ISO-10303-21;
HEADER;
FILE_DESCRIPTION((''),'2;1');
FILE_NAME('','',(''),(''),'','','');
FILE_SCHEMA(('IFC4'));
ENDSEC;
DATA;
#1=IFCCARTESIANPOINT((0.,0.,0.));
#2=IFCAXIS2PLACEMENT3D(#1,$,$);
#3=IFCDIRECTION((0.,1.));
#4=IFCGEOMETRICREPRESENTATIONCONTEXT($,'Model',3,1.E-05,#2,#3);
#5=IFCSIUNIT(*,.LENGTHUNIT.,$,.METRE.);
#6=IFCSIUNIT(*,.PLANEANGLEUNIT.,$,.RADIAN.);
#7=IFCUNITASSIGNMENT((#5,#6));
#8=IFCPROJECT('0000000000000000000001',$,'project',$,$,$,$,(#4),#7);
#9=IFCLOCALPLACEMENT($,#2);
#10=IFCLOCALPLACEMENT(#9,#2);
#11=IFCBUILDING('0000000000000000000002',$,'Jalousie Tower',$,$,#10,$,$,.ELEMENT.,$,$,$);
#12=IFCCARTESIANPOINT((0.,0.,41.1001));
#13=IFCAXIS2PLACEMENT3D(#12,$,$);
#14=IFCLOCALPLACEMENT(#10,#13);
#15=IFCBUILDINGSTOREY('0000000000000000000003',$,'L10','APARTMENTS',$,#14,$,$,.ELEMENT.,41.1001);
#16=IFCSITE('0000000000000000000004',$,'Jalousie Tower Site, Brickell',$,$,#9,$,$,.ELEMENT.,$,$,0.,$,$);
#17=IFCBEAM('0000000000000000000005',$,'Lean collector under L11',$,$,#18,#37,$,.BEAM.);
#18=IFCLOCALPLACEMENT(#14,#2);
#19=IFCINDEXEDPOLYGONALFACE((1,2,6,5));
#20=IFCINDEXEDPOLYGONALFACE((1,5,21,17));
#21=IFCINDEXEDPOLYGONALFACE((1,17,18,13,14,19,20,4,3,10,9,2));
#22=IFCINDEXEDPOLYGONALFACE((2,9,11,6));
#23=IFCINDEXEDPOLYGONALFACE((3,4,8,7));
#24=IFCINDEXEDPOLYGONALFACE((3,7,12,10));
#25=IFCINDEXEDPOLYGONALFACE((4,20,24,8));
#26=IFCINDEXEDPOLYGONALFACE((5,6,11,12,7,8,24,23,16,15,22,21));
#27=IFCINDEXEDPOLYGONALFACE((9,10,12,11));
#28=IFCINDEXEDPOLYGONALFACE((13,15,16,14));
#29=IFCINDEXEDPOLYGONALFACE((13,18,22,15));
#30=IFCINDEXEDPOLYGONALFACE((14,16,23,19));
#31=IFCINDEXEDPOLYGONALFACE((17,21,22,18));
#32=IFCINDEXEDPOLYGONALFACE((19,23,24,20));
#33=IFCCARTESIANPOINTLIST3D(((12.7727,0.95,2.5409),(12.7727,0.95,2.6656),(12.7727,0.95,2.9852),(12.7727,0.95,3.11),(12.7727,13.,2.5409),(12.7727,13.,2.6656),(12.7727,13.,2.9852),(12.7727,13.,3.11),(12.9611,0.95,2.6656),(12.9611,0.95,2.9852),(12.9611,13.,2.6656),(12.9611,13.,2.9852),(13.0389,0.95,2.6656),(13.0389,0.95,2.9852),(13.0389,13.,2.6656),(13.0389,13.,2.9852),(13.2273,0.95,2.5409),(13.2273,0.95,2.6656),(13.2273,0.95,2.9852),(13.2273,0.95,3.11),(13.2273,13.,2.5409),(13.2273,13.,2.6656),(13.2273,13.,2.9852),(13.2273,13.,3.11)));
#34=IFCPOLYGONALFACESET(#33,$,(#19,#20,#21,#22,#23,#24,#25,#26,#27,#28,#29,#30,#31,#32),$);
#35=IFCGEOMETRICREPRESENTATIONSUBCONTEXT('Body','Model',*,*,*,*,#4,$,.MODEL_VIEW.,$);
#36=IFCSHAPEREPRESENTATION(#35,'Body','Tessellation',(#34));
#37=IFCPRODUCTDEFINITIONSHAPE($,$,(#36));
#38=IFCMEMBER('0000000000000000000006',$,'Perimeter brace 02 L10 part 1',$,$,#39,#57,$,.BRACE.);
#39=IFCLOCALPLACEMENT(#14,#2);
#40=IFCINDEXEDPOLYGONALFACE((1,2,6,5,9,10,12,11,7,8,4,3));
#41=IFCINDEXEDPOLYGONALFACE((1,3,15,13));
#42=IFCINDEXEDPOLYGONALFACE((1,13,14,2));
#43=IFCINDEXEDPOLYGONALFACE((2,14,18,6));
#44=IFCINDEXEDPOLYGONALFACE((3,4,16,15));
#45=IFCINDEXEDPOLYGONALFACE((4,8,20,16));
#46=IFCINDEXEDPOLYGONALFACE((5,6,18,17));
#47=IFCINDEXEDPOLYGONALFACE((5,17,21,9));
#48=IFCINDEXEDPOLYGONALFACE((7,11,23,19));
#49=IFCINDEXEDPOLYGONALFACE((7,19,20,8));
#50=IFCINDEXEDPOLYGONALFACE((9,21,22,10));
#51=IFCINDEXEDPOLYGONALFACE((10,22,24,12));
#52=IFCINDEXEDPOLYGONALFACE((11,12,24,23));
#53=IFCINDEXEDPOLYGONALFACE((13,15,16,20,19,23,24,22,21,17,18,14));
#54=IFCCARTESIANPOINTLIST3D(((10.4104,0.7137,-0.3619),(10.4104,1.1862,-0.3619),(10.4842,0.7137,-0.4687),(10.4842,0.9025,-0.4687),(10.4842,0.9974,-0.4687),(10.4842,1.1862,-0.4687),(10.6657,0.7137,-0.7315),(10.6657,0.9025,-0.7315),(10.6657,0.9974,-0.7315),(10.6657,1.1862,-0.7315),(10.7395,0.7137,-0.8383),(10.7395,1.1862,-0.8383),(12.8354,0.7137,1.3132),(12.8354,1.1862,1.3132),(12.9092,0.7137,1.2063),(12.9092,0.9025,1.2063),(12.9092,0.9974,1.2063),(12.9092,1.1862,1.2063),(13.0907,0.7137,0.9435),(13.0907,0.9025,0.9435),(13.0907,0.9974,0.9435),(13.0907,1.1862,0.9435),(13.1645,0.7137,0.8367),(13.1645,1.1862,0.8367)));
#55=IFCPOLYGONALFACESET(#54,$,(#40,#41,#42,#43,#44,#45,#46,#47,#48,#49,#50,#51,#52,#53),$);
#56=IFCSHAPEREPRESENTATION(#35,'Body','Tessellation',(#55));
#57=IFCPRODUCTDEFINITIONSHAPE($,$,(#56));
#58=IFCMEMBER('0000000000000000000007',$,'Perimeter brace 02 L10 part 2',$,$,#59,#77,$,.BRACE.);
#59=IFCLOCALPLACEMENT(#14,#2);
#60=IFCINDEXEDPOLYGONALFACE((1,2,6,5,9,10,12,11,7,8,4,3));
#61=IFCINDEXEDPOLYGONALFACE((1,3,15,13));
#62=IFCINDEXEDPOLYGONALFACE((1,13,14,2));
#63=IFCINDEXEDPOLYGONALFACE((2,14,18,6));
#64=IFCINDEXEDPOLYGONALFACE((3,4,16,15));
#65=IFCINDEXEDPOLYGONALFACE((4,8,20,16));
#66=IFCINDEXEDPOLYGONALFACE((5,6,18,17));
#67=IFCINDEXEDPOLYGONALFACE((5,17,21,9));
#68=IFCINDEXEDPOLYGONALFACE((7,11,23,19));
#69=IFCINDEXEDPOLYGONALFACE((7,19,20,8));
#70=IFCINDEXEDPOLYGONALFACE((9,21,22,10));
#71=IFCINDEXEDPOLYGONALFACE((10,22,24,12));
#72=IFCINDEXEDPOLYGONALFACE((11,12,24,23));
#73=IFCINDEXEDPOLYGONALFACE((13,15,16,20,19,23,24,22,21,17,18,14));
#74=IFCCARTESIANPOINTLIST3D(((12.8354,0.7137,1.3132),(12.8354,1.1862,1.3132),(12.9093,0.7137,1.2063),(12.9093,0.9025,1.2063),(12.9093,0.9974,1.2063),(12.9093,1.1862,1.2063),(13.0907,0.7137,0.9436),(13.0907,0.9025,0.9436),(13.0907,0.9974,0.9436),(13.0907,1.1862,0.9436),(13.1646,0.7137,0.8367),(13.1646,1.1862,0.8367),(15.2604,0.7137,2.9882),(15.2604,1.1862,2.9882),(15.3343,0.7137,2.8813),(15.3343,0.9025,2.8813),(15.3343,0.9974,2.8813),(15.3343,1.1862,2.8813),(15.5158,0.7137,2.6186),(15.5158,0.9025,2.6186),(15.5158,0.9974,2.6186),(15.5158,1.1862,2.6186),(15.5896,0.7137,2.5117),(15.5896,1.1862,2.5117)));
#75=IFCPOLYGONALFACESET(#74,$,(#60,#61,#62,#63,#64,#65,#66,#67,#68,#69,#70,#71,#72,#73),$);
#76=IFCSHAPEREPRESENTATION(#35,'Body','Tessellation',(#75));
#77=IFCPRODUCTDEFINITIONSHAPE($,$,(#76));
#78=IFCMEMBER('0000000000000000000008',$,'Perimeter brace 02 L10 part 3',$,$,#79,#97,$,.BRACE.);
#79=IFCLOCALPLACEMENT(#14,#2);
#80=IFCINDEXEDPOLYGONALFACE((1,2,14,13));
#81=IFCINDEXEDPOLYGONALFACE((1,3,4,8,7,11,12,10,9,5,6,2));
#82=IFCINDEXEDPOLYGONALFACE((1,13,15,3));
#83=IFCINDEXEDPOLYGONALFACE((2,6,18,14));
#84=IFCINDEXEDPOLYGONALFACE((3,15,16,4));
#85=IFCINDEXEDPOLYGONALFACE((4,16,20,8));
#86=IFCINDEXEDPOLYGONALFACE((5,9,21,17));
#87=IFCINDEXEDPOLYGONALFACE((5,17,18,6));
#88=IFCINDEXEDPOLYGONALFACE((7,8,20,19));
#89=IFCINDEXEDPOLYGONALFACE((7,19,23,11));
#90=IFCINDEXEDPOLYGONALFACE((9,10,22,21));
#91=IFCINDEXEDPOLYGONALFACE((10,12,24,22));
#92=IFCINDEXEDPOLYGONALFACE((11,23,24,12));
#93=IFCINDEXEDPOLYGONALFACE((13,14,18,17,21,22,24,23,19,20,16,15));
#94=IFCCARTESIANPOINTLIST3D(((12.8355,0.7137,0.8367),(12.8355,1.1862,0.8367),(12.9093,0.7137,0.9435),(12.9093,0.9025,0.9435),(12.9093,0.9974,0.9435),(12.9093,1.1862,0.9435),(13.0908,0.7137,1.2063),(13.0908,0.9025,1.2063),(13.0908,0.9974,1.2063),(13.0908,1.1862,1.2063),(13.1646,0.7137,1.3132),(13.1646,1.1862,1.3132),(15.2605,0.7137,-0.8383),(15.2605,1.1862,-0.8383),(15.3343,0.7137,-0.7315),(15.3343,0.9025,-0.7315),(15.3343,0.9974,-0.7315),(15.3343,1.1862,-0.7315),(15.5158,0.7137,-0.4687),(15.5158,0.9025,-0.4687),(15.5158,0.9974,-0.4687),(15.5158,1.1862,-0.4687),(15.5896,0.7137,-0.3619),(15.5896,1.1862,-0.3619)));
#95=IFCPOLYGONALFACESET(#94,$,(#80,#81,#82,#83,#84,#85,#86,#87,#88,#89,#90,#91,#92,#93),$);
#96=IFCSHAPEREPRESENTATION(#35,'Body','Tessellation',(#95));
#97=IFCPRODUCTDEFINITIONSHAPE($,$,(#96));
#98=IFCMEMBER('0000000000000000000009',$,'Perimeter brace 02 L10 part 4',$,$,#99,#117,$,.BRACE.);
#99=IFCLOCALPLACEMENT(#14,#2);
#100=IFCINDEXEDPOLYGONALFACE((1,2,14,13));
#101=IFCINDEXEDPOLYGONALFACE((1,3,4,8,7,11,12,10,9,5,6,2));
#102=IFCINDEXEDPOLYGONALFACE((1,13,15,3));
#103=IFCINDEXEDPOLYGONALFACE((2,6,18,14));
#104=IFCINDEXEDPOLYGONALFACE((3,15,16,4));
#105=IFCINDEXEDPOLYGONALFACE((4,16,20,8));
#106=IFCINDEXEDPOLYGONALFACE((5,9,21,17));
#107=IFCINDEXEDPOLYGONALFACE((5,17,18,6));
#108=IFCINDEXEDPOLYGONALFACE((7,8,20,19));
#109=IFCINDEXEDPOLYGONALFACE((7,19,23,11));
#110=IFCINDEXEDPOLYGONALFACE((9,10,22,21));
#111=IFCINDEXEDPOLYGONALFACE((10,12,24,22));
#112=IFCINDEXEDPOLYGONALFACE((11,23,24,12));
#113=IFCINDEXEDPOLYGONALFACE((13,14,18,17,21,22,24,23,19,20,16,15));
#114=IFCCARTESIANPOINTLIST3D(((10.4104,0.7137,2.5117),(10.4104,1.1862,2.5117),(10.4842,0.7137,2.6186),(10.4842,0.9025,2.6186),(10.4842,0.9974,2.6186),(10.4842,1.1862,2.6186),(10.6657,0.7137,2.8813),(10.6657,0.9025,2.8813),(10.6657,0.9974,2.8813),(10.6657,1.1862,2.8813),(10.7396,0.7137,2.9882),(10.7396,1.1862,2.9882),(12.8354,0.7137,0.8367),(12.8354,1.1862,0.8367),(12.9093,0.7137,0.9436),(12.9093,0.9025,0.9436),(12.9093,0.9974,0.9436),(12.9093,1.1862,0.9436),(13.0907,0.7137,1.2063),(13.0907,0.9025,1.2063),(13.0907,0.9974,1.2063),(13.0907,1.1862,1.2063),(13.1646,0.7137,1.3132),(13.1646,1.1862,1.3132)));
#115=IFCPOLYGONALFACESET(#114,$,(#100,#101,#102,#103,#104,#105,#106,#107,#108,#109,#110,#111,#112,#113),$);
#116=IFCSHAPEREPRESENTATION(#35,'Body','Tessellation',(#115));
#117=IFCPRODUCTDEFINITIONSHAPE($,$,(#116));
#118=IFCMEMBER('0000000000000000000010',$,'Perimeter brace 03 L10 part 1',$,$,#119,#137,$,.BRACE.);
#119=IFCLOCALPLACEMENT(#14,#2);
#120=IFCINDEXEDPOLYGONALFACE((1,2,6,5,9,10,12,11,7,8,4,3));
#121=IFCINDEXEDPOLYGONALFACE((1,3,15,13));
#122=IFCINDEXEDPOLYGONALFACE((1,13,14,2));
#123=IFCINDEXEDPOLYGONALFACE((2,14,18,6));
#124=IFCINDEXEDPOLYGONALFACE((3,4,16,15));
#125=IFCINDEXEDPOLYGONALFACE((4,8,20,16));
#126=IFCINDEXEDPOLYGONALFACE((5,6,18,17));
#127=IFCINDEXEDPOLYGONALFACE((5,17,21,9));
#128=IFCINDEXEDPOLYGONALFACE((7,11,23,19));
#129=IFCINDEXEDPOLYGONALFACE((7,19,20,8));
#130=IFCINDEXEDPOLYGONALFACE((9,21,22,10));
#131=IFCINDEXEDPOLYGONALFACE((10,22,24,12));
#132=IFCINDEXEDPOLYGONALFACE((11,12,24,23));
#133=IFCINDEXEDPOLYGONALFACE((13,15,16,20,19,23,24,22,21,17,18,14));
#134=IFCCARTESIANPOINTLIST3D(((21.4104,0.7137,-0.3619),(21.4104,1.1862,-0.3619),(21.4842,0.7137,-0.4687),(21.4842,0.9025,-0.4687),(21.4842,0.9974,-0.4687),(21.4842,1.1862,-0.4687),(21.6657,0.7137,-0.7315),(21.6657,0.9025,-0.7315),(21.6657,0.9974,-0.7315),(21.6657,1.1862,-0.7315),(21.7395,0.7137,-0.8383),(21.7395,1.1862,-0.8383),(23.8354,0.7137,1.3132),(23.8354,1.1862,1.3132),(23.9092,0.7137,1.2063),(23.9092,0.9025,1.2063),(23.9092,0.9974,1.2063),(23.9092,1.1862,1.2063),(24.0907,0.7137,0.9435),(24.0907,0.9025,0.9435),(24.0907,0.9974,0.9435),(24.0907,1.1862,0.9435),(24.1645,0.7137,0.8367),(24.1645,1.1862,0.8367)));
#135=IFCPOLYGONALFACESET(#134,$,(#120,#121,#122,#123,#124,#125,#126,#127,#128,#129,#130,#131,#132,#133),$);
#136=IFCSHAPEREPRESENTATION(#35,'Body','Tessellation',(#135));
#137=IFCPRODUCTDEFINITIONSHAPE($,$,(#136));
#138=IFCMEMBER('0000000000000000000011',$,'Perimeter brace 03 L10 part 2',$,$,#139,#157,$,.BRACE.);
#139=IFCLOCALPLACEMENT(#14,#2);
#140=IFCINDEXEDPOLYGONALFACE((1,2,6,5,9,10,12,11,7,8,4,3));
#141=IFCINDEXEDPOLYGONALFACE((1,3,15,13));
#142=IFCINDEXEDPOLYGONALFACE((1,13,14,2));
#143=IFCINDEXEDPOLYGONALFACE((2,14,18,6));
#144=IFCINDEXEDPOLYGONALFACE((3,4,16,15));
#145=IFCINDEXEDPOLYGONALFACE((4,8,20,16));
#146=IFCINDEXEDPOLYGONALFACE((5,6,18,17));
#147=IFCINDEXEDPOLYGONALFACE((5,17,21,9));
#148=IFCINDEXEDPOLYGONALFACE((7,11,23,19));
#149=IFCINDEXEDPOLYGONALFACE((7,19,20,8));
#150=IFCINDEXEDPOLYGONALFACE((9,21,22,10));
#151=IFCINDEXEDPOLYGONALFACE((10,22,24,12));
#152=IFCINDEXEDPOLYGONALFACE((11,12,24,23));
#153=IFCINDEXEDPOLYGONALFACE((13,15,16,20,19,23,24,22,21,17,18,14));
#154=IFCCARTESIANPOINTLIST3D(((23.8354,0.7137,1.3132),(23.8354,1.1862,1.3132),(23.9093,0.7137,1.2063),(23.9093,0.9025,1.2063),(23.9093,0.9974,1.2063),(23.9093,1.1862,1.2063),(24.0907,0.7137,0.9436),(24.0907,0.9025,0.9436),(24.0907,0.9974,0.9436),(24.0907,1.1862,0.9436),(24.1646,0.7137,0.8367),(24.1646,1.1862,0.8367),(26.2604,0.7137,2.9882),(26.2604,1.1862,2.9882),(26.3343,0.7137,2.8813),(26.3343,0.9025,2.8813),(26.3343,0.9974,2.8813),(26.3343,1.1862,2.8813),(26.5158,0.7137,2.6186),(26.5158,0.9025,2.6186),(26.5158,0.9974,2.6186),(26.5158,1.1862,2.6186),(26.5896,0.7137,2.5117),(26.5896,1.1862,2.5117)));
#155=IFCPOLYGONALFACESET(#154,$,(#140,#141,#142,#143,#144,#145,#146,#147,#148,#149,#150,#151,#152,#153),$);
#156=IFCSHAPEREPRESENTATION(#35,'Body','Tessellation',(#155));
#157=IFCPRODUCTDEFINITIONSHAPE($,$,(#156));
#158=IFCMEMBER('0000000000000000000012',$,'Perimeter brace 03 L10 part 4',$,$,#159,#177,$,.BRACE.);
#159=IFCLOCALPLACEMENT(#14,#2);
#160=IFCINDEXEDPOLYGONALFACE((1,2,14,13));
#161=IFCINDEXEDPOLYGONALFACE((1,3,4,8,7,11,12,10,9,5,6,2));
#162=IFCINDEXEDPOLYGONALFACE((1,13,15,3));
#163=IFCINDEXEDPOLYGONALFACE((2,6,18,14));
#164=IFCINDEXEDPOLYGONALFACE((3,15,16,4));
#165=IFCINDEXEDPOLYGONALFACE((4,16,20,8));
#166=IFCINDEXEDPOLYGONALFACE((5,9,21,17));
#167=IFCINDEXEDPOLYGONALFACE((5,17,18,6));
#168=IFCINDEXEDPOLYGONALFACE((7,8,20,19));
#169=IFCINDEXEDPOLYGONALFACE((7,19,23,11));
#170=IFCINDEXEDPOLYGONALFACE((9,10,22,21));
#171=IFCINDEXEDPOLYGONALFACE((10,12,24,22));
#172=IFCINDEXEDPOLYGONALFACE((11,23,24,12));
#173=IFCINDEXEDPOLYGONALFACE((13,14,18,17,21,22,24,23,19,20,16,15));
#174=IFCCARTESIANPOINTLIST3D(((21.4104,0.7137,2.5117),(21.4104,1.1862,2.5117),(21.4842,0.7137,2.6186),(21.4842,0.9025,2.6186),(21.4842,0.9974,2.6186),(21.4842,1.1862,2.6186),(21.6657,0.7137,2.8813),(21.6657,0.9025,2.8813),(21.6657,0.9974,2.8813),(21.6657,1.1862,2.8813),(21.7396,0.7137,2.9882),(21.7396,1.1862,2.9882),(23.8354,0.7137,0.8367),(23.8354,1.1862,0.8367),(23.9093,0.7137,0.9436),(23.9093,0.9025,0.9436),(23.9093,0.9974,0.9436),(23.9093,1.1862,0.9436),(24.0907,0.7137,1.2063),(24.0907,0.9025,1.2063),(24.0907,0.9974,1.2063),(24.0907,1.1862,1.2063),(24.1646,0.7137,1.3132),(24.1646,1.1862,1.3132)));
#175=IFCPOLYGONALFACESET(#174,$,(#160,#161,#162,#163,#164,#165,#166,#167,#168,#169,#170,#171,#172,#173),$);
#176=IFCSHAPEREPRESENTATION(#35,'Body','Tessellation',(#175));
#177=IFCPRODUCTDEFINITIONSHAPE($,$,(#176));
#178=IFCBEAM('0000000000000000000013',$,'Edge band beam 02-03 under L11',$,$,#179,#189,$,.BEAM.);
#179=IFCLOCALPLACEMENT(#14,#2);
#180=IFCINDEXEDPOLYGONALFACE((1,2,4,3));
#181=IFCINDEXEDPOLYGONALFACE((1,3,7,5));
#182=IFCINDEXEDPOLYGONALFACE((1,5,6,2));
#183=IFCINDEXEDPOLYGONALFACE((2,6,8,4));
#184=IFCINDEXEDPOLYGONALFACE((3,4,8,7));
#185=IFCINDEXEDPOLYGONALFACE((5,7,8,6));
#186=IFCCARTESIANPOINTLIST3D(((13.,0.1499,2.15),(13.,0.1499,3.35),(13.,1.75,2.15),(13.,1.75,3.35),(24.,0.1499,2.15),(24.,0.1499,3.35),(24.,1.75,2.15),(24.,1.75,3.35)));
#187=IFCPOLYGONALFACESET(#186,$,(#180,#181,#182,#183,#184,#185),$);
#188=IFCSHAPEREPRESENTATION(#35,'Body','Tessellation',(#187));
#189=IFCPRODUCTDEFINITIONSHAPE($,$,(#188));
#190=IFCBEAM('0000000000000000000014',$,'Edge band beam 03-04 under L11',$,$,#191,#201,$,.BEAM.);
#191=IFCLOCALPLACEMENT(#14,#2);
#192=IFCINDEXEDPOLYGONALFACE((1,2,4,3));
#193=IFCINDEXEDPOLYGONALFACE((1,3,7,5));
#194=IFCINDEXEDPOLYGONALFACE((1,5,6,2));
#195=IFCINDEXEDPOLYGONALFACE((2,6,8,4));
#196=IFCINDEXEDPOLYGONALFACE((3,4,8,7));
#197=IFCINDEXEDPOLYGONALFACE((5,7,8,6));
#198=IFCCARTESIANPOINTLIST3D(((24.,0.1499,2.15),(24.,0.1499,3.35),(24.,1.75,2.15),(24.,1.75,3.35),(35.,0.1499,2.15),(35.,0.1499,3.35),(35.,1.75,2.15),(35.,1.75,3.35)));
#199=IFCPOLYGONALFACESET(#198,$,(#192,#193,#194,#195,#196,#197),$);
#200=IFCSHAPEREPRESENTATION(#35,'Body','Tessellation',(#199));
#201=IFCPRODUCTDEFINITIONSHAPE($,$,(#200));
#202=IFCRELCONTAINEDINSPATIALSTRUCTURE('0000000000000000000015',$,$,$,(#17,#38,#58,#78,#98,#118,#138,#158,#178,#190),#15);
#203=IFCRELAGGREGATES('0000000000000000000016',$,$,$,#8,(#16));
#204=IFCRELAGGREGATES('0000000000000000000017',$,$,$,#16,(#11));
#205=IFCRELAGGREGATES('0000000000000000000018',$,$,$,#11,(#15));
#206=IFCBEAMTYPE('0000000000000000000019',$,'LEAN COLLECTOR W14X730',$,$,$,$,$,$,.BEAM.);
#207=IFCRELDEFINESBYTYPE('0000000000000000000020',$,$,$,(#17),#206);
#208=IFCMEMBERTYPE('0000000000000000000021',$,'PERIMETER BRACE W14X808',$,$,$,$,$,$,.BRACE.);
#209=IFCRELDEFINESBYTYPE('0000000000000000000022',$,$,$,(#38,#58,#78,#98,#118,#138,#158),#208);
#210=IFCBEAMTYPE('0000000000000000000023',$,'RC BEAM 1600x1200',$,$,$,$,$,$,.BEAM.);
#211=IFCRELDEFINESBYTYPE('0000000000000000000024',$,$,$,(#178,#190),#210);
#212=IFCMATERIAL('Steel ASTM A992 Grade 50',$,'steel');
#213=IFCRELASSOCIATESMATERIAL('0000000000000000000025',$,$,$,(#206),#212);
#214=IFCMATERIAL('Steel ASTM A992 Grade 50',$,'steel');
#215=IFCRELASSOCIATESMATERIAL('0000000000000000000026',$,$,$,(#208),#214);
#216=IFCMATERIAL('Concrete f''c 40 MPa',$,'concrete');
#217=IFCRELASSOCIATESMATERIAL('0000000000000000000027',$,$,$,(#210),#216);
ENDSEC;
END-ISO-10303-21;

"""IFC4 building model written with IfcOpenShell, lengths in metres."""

from ifc_helpers import new_model, si_unit, direction, frame, origin, origin_2d, place, context, subcontext, project, spatial, rectangle, i_section, extrude, material, material_profile, profile_set, type_object, element, save


model = new_model("IFC4")

# Units and contexts
model_context = context("Model", 3, precision=1e-05, world=origin(), true_north=direction((0.0, 1.0)))
body_context = subcontext(model_context, "Body", "Model", "MODEL_VIEW")
ifc_project = project(units=[si_unit("LENGTHUNIT", "METRE"), si_unit("PLANEANGLEUNIT", "RADIAN")], contexts=[model_context])

# Site, building, storey
site_placement = place(None, origin())
site = spatial("IfcSite", under=ifc_project, at=site_placement, Name="Jalousie Tower Site, Brickell", CompositionType="ELEMENT", RefElevation=0.0)
building_placement = place(site_placement, origin())
building = spatial("IfcBuilding", under=site, at=building_placement, Name="Jalousie Tower", CompositionType="ELEMENT")
storey_placement = place(building_placement, frame((0.0, 0.0, 41.1001)))
storey = spatial("IfcBuildingStorey", under=building, at=storey_placement, Name="L10", Description="APARTMENTS", CompositionType="ELEMENT", Elevation=41.1001)

# Beam
ifc_material_1 = material(Name="Steel ASTM A992 Grade 50", Category="steel")
ifc_material_profile_1 = material_profile(ifc_material_1, i_section(OverallWidth=0.4546, OverallDepth=0.5691, WebThickness=0.0779, FlangeThickness=0.1248, at=origin_2d()), Name="W14X730")
ifc_profile_set_1 = profile_set([ifc_material_profile_1], Name="Steel ASTM A992 Grade 50")
beam_type_1 = type_object("IfcBeamType", Name="LEAN COLLECTOR W14X730", PredefinedType="BEAM", material=ifc_profile_set_1)
beam_placement = place(storey_placement, frame((13.0, 0.95, 2.8254), z_axis=(0.0, 1.0, 0.0), x_axis=(-1.0, 0.0, 0.0)))
element("IfcBeam", 1, at=beam_placement, inside=storey, type_object=beam_type_1, Name="Lean collector under L11", PredefinedType="BEAM", context=body_context, shape_type="SweptSolid", body=[
    extrude(i_section(OverallWidth=0.4546, OverallDepth=0.5691, WebThickness=0.0779, FlangeThickness=0.1248, at=origin_2d()), origin(), (0.0, 0.0, 1.0), 12.05),
])

# Members
ifc_material_2 = material(Name="Steel ASTM A992 Grade 50", Category="steel")
ifc_material_profile_2 = material_profile(ifc_material_2, i_section(OverallWidth=0.4724, OverallDepth=0.5791, WebThickness=0.095, FlangeThickness=0.1299, at=origin_2d()), Name="W14X808")
ifc_profile_set_2 = profile_set([ifc_material_profile_2], Name="Steel ASTM A992 Grade 50")
member_type_1 = type_object("IfcMemberType", Name="PERIMETER BRACE W14X808", PredefinedType="BRACE", material=ifc_profile_set_2)
for number, where, z_axis, x_axis, name in (
    (2, (10.575, 0.95, -0.6001), (0.8228, 0.0, 0.568331), (0.0, 1.0, 0.0), "Perimeter brace 02 L10 part 1"),
    (3, (13.0, 0.95, 1.075), (0.8228, 0.0, 0.568331), (0.0, 1.0, 0.0), "Perimeter brace 02 L10 part 2"),
    (4, (15.425, 0.95, -0.6001), (-0.8228, 0.0, 0.568331), (0.0, -1.0, 0.0), "Perimeter brace 02 L10 part 3"),
    (5, (13.0, 0.95, 1.075), (-0.8228, 0.0, 0.568331), (0.0, -1.0, 0.0), "Perimeter brace 02 L10 part 4"),
    (6, (21.575, 0.95, -0.6001), (0.8228, 0.0, 0.568331), (0.0, 1.0, 0.0), "Perimeter brace 03 L10 part 1"),
    (7, (24.0, 0.95, 1.075), (0.8228, 0.0, 0.568331), (0.0, 1.0, 0.0), "Perimeter brace 03 L10 part 2"),
    (8, (24.0, 0.95, 1.075), (-0.8228, 0.0, 0.568331), (0.0, -1.0, 0.0), "Perimeter brace 03 L10 part 4"),
):
    element("IfcMember", number, at=place(storey_placement, frame(where, z_axis=z_axis, x_axis=x_axis)), inside=storey, type_object=member_type_1, Name=name, PredefinedType="BRACE", context=body_context, shape_type="SweptSolid", body=[
        extrude(i_section(OverallWidth=0.4724, OverallDepth=0.5791, WebThickness=0.095, FlangeThickness=0.1299, at=origin_2d()), origin(), (0.0, 0.0, 1.0), 2.9473),
    ])

# Beams
ifc_material_3 = material(Name="Concrete f'c 40 MPa", Category="concrete")
ifc_material_profile_3 = material_profile(ifc_material_3, rectangle(XDim=1.6001, YDim=1.2, at=origin_2d()), Name="RC 1600x1200")
ifc_profile_set_3 = profile_set([ifc_material_profile_3], Name="Concrete f'c 40 MPa")
beam_type_2 = type_object("IfcBeamType", Name="RC BEAM 1600x1200", PredefinedType="BEAM", material=ifc_profile_set_3)
for number, where, z_axis, x_axis, name in (
    (9, (13.0, 0.95, 2.75), (1.0, 0.0, 0.0), (0.0, 1.0, 0.0), "Edge band beam 02-03 under L11"),
    (10, (24.0, 0.95, 2.75), (1.0, 0.0, 0.0), (0.0, 1.0, 0.0), "Edge band beam 03-04 under L11"),
):
    element("IfcBeam", number, at=place(storey_placement, frame(where, z_axis=z_axis, x_axis=x_axis)), inside=storey, type_object=beam_type_2, Name=name, PredefinedType="BEAM", context=body_context, shape_type="SweptSolid", body=[
        extrude(rectangle(XDim=1.6001, YDim=1.2, at=origin_2d()), origin(), (0.0, 0.0, 1.0), 11.0),
    ])

save(model, "model.ifc")
